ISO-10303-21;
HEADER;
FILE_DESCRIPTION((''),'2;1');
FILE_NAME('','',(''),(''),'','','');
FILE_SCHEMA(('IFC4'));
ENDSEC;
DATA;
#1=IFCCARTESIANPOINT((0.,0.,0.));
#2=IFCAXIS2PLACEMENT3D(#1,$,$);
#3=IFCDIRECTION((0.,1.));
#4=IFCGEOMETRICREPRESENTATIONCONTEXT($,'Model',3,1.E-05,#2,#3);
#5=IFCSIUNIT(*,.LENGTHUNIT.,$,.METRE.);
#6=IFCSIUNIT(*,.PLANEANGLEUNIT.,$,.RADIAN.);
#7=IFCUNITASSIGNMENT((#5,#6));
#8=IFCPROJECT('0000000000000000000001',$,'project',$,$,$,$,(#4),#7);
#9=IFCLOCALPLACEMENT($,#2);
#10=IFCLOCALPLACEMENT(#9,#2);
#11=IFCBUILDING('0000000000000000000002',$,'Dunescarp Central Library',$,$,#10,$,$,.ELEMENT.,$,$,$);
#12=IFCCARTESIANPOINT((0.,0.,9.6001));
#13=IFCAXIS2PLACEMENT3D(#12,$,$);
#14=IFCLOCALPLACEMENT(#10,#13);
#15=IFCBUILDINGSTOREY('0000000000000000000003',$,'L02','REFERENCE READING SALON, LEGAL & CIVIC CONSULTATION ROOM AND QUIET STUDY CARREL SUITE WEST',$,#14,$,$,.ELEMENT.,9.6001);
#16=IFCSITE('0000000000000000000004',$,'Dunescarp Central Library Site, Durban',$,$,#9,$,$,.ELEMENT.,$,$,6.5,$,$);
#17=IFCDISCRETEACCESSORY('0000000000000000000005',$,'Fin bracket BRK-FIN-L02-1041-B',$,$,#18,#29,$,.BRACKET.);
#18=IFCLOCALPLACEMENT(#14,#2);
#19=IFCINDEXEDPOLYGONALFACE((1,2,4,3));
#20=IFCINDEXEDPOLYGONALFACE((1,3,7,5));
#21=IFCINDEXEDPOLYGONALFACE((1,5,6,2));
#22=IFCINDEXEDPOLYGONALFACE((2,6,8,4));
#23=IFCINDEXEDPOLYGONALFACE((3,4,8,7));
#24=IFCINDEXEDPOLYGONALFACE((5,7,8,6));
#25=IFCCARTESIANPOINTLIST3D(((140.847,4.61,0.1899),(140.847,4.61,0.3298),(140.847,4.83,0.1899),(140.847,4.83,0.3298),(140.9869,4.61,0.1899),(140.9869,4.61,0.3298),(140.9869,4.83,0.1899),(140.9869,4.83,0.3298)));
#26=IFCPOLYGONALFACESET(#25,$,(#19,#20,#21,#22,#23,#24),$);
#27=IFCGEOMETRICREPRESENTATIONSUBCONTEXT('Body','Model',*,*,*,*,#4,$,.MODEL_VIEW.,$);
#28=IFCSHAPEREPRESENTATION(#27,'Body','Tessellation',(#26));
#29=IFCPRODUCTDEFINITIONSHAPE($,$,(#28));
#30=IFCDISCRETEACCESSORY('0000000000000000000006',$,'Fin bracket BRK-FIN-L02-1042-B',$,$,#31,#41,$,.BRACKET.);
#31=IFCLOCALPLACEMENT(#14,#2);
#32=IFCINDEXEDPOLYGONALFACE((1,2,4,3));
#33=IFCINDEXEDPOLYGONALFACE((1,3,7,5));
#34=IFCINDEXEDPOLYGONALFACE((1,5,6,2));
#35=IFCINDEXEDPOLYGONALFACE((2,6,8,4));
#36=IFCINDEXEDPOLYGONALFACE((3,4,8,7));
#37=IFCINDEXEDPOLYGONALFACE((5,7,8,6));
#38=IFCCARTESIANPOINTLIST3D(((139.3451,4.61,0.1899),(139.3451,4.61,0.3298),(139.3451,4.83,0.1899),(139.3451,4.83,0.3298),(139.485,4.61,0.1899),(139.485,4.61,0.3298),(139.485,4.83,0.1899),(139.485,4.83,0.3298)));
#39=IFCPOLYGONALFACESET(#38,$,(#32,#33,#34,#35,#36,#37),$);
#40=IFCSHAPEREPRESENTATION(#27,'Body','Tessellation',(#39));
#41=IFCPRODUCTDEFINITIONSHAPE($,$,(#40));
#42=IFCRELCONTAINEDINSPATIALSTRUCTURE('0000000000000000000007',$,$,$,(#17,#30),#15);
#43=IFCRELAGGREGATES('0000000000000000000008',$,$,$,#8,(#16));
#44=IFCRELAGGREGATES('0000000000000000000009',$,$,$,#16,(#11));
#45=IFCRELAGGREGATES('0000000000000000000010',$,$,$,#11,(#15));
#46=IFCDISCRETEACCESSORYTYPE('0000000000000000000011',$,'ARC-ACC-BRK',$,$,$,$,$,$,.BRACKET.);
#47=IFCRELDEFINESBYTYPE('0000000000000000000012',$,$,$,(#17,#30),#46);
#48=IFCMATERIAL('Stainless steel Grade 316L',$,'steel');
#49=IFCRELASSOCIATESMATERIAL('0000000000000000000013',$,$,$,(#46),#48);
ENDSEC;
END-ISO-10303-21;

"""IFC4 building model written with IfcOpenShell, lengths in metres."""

from ifc_helpers import new_model, si_unit, direction, frame, origin, origin_2d, place, context, subcontext, project, spatial, rectangle, extrude, material, type_object, element, save


model = new_model("IFC4")

# Units and contexts
model_context = context("Model", 3, precision=1e-05, world=origin(), true_north=direction((0.0, 1.0)))
body_context = subcontext(model_context, "Body", "Model", "MODEL_VIEW")
ifc_project = project(units=[si_unit("LENGTHUNIT", "METRE"), si_unit("PLANEANGLEUNIT", "RADIAN")], contexts=[model_context])

# Site, building, storey
site_placement = place(None, origin())
site = spatial("IfcSite", under=ifc_project, at=site_placement, Name="Dunescarp Central Library Site, Durban", CompositionType="ELEMENT", RefElevation=6.5)
building_placement = place(site_placement, origin())
building = spatial("IfcBuilding", under=site, at=building_placement, Name="Dunescarp Central Library", CompositionType="ELEMENT")
storey_placement = place(building_placement, frame((0.0, 0.0, 9.6001)))
storey = spatial("IfcBuildingStorey", under=building, at=storey_placement, Name="L02", Description="REFERENCE READING SALON, LEGAL & CIVIC CONSULTATION ROOM AND QUIET STUDY CARREL SUITE WEST", CompositionType="ELEMENT", Elevation=9.6001)

# Discrete accessories
ifc_material_1 = material(Name="Stainless steel Grade 316L", Category="steel")
discrete_accessory_type = type_object("IfcDiscreteAccessoryType", Name="ARC-ACC-BRK", PredefinedType="BRACKET", material=ifc_material_1)
for number, where, z_axis, x_axis, name in (
    (1, (140.917, 4.72, 0.1899), (0.0, 0.0, 1.0), (0.0, -1.0, 0.0), "Fin bracket BRK-FIN-L02-1041-B"),
    (2, (139.415, 4.72, 0.1899), (0.0, 0.0, 1.0), (0.0, -1.0, 0.0), "Fin bracket BRK-FIN-L02-1042-B"),
):
    element("IfcDiscreteAccessory", number, at=place(storey_placement, frame(where, z_axis=z_axis, x_axis=x_axis)), inside=storey, type_object=discrete_accessory_type, Name=name, PredefinedType="BRACKET", context=body_context, shape_type="SweptSolid", body=[
        extrude(rectangle(XDim=0.22, YDim=0.1399, at=origin_2d()), origin(), (0.0, 0.0, 1.0), 0.1399),
    ])

save(model, "model.ifc")
